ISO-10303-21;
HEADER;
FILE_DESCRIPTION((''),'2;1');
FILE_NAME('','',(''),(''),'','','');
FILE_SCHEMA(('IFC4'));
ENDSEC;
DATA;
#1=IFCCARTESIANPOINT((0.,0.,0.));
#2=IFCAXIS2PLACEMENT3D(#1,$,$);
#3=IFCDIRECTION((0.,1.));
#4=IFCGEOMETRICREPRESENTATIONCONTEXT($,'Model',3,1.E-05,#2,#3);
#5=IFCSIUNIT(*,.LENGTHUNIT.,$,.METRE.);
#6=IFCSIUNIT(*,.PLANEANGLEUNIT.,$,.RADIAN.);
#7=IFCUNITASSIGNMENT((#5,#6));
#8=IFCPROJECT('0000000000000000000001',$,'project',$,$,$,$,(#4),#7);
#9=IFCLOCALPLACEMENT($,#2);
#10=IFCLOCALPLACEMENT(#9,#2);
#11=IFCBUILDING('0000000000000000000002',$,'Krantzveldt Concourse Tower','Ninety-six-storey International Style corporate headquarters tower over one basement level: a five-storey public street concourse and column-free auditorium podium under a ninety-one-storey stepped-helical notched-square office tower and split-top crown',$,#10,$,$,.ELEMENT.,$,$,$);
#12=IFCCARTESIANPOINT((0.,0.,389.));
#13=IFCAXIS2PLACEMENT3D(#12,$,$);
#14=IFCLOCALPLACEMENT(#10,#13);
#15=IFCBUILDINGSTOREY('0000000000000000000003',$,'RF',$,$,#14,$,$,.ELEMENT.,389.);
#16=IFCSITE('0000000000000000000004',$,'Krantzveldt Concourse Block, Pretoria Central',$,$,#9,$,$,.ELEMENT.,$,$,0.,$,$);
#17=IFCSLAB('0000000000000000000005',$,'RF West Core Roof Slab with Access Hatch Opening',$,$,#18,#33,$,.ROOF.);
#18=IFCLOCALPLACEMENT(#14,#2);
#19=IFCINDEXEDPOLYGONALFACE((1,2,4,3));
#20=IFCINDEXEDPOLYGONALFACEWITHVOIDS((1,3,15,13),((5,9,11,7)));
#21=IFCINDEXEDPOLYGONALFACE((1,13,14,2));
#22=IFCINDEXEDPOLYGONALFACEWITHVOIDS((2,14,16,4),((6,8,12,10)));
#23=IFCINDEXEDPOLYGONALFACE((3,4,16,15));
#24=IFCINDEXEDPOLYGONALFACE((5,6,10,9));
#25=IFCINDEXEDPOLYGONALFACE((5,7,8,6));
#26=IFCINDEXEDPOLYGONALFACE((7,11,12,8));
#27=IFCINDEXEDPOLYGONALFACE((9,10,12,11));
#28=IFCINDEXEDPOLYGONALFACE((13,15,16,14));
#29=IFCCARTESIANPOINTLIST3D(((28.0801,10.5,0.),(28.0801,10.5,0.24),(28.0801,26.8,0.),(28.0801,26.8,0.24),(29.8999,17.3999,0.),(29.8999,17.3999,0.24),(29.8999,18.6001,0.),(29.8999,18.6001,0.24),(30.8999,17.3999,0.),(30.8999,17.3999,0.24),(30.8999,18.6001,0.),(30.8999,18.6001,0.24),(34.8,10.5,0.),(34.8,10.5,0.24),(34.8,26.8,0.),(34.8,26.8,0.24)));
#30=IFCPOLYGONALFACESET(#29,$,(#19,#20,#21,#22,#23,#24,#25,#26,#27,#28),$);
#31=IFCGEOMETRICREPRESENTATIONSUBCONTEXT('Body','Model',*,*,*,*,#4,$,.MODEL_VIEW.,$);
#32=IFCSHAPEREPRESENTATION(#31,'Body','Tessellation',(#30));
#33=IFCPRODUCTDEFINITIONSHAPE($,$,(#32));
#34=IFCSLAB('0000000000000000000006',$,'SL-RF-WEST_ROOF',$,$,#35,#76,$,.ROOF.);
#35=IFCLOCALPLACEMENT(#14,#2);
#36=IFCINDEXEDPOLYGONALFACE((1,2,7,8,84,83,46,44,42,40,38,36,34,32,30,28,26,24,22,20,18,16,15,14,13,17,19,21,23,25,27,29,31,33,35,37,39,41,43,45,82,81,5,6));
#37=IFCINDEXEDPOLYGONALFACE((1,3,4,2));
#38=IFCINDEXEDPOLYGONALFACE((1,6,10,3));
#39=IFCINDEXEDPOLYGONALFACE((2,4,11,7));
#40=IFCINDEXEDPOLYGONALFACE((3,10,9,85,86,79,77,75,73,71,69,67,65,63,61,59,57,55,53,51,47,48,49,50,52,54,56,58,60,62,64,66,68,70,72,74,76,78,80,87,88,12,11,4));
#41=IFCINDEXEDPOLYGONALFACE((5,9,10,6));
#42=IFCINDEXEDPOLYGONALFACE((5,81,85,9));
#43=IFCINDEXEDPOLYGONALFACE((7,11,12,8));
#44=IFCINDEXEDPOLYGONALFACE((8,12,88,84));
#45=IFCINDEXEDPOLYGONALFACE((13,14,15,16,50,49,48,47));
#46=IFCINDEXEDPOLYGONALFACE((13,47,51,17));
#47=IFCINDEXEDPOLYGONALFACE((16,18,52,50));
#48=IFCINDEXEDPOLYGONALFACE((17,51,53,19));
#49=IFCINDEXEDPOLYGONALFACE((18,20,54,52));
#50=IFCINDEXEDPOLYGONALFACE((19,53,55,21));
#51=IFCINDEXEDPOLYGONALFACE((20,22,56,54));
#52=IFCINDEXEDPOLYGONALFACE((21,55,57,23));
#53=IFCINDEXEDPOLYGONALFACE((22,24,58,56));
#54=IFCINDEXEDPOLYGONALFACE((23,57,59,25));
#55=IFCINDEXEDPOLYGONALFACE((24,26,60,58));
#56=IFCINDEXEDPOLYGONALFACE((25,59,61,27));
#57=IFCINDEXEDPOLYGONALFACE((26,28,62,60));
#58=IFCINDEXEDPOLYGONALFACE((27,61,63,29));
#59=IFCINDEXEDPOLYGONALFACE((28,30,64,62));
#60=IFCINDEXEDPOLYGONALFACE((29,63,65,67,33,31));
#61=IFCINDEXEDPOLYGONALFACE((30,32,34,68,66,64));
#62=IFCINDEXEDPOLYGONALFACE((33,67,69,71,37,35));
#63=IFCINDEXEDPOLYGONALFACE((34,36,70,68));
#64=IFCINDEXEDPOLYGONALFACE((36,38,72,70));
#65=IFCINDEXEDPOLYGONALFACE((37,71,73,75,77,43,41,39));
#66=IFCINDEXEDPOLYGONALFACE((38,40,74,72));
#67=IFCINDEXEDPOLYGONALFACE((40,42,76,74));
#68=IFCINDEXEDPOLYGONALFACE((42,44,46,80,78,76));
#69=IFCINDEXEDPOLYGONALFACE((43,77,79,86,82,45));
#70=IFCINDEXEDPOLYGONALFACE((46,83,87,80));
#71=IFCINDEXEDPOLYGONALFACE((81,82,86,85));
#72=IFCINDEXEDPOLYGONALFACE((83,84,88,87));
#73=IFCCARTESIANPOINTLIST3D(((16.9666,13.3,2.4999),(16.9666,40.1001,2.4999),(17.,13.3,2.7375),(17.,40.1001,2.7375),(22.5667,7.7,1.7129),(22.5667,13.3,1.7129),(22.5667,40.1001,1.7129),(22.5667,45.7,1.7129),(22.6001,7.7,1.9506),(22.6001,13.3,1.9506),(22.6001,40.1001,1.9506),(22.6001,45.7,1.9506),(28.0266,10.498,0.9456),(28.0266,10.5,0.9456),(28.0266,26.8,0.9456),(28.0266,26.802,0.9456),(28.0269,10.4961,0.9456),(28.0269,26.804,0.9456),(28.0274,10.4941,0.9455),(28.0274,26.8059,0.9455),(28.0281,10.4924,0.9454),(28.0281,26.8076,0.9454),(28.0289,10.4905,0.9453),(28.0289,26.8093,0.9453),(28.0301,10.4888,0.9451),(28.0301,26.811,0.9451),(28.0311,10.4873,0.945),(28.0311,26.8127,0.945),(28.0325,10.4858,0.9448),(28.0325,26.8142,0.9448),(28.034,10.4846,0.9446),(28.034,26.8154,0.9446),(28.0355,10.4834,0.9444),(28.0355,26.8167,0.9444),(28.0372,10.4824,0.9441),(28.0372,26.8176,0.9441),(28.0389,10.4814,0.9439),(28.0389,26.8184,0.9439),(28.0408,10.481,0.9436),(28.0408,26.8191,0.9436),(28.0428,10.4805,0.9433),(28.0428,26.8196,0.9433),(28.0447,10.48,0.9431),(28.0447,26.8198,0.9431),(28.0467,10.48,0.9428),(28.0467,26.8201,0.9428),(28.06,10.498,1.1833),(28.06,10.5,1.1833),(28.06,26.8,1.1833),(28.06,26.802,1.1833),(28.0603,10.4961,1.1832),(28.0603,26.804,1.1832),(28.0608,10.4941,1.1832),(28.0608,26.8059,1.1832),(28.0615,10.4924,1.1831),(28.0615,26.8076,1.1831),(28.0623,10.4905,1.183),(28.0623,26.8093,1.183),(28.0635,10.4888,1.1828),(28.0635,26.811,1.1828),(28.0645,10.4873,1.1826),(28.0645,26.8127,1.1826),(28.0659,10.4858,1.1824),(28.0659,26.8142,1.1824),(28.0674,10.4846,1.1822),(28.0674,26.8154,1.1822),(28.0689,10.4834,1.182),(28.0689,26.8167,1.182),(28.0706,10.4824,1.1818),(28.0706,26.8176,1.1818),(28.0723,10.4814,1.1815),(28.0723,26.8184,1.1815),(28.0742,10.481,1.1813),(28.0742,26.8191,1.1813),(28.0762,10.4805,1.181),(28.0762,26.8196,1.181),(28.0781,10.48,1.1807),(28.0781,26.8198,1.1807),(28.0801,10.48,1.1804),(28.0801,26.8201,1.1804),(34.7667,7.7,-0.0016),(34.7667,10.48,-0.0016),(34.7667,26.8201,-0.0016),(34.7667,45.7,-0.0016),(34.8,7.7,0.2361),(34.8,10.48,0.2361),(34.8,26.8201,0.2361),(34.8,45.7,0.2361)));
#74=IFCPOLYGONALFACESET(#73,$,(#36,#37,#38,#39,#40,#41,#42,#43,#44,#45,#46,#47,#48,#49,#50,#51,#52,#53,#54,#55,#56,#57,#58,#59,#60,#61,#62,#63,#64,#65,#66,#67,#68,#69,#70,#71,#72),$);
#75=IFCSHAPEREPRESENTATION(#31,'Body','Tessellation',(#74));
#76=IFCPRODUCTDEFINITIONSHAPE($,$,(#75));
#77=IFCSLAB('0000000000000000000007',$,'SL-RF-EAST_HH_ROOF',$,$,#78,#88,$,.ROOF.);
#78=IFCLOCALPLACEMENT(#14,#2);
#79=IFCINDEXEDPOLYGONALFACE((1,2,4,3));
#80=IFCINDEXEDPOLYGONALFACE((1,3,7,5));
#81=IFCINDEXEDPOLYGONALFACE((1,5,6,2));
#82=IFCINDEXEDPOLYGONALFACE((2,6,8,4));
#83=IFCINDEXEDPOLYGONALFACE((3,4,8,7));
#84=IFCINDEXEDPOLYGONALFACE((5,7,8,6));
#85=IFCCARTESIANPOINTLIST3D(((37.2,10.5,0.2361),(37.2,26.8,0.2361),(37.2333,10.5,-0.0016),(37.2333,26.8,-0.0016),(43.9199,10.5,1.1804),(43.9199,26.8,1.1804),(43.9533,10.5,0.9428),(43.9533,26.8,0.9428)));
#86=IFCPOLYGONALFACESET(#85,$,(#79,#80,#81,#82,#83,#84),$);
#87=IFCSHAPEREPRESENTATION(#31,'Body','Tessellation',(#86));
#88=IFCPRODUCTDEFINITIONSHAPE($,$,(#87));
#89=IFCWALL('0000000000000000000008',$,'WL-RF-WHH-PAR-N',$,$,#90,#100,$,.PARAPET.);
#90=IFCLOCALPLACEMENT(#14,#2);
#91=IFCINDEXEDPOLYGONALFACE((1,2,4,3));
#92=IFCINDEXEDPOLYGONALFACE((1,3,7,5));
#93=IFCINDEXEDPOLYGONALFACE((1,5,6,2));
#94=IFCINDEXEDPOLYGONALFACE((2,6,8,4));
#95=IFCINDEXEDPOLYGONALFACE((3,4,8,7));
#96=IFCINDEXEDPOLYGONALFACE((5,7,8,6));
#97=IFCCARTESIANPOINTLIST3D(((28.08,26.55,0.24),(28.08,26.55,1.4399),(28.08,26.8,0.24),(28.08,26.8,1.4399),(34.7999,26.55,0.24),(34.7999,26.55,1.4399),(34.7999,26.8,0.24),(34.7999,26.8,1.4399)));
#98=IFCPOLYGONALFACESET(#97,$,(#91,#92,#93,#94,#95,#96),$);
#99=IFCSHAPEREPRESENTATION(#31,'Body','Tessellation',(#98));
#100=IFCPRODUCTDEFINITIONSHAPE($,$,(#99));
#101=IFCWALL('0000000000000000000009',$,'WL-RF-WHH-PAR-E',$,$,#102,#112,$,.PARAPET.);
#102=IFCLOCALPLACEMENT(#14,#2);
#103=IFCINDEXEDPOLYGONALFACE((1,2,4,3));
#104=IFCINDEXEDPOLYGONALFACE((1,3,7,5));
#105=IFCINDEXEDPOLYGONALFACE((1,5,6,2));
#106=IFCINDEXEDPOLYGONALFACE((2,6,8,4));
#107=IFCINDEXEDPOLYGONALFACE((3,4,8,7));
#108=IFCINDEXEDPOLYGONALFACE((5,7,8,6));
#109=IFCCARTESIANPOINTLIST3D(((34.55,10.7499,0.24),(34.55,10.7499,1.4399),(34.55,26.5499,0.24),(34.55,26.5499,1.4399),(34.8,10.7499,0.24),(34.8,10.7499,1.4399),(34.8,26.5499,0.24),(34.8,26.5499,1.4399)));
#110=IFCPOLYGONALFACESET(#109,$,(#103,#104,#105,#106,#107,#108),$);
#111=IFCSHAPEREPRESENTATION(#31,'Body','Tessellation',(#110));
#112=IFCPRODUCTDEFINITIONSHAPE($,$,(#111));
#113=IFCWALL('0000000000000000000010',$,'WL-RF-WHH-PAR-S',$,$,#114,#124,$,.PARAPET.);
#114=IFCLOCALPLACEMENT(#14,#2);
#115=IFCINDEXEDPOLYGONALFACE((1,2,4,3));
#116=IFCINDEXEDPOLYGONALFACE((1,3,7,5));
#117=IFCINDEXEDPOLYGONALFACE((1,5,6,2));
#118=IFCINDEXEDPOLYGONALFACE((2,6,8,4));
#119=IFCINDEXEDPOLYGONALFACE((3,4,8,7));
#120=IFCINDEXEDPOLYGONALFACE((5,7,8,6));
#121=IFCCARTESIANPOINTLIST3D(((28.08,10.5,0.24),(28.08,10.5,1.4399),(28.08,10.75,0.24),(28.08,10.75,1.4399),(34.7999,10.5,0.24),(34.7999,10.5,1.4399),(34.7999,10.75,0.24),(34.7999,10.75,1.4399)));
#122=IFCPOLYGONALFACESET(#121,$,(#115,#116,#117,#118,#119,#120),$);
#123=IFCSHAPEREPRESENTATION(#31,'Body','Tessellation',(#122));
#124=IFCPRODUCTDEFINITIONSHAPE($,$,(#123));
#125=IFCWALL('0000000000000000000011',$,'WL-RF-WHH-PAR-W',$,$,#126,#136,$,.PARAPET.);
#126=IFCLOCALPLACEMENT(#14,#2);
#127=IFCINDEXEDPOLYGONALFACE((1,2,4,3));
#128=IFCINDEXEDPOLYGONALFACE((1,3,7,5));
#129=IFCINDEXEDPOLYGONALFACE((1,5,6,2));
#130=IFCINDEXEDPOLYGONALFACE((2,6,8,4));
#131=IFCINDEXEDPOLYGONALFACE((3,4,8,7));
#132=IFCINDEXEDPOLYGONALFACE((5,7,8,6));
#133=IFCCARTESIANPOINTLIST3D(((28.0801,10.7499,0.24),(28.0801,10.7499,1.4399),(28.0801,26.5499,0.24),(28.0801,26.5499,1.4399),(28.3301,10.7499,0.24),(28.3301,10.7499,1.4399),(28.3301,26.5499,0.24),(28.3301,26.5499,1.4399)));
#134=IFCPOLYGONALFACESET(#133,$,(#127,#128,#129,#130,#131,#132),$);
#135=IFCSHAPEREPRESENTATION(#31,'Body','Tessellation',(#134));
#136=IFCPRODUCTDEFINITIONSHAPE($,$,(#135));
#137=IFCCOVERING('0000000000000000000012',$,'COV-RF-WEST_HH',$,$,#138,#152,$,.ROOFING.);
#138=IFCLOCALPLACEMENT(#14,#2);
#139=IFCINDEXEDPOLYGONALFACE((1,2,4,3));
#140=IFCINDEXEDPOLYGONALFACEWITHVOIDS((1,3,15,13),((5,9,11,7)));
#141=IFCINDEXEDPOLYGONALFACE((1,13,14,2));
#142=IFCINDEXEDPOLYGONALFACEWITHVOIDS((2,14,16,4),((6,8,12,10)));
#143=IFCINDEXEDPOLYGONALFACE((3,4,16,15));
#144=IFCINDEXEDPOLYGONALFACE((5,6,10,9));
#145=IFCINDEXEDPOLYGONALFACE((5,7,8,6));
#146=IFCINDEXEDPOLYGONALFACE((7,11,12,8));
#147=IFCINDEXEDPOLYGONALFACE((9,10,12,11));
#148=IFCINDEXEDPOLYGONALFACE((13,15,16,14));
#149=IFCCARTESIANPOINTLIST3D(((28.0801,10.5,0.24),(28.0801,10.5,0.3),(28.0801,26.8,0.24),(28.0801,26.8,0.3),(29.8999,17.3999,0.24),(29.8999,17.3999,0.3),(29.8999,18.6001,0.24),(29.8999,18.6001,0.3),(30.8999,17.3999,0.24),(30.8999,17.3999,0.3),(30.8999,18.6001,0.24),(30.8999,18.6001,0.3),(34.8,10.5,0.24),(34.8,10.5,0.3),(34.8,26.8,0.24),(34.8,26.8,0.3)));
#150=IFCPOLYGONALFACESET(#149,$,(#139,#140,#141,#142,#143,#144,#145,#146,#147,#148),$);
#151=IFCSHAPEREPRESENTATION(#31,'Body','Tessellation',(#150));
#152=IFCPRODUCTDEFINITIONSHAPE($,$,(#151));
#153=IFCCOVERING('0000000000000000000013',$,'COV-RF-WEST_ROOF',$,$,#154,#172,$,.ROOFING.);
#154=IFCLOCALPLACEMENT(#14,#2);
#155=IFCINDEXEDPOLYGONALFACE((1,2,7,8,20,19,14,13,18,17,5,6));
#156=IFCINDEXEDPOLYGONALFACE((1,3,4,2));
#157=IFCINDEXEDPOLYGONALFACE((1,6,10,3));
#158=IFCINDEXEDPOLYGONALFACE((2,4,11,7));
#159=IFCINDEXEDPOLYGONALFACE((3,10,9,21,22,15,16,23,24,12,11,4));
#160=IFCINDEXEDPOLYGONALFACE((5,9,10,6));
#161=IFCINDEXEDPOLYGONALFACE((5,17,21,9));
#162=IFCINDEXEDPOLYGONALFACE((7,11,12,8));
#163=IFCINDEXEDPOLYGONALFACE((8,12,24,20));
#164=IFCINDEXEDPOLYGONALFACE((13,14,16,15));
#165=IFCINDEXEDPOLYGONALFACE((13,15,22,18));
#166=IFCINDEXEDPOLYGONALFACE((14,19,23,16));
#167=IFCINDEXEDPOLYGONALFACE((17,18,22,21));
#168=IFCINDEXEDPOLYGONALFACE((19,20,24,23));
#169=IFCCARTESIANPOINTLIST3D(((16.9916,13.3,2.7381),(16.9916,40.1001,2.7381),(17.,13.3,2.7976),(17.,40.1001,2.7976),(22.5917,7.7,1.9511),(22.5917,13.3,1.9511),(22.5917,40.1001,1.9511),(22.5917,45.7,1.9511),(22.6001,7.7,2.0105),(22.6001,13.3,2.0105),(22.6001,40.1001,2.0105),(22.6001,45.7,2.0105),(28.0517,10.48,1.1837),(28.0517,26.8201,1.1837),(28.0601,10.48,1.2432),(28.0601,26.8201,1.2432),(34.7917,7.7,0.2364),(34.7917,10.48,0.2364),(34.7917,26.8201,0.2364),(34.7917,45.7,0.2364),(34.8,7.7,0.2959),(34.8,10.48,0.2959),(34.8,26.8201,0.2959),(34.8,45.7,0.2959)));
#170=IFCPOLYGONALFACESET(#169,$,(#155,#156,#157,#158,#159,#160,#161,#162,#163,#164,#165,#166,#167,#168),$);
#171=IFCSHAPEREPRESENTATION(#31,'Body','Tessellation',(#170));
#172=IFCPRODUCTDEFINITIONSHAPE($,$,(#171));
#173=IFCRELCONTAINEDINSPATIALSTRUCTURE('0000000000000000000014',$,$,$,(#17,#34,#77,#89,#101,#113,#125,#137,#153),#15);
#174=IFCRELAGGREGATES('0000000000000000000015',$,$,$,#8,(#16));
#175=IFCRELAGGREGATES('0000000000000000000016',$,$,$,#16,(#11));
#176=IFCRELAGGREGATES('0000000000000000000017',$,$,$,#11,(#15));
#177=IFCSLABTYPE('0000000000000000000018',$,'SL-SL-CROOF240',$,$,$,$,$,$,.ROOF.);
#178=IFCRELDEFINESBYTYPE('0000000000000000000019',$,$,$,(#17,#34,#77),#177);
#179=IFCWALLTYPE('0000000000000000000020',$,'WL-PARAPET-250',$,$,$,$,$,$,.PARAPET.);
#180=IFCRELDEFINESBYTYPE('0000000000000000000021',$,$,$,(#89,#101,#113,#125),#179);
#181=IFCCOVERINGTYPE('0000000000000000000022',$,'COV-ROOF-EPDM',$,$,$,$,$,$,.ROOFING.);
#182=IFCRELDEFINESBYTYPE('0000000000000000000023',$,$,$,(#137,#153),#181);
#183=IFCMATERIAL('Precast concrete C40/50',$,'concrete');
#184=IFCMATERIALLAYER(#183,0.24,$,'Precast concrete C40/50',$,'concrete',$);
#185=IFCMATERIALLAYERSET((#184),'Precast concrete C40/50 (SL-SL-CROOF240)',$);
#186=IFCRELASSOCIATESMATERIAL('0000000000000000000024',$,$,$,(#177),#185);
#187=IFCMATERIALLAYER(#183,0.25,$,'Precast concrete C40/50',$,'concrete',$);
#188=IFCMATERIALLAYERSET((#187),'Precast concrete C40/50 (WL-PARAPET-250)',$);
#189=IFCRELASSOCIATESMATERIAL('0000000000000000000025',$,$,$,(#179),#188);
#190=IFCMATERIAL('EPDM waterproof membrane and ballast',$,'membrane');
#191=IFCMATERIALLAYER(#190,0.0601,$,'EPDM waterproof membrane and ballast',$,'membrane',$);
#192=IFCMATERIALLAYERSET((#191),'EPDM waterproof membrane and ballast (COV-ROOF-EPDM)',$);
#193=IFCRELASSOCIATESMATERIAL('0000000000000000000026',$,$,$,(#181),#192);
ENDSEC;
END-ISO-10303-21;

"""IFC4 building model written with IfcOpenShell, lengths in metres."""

from ifc_helpers import new_model, si_unit, direction, frame, frame_2d, origin, place, context, subcontext, project, spatial, polyline, rectangle, outline, extrude, material, layer, layer_set, type_object, element, save


model = new_model("IFC4")

# Units and contexts
model_context = context("Model", 3, precision=1e-05, world=origin(), true_north=direction((0.0, 1.0)))
body_context = subcontext(model_context, "Body", "Model", "MODEL_VIEW")
ifc_project = project(units=[si_unit("LENGTHUNIT", "METRE"), si_unit("PLANEANGLEUNIT", "RADIAN")], contexts=[model_context])

# Site, building, storey
site_placement = place(None, origin())
site = spatial("IfcSite", under=ifc_project, at=site_placement, Name="Krantzveldt Concourse Block, Pretoria Central", CompositionType="ELEMENT", RefElevation=0.0)
building_placement = place(site_placement, origin())
building = spatial("IfcBuilding", under=site, at=building_placement, Name="Krantzveldt Concourse Tower", Description="Ninety-six-storey International Style corporate headquarters tower over one basement level: a five-storey public street concourse and column-free auditorium podium under a ninety-one-storey stepped-helical notched-square office tower and split-top crown", CompositionType="ELEMENT")
storey_placement = place(building_placement, frame((0.0, 0.0, 389.0)))
storey = spatial("IfcBuildingStorey", under=building, at=storey_placement, Name="RF", CompositionType="ELEMENT", Elevation=389.0)

# Slabs
ifc_material_1 = material(Name="Precast concrete C40/50", Category="concrete")
ifc_layer_1 = layer(ifc_material_1, 0.24, Name="Precast concrete C40/50", Category="concrete")
ifc_layer_set_1 = layer_set([ifc_layer_1], Name="Precast concrete C40/50 (SL-SL-CROOF240)")
slab_type = type_object("IfcSlabType", Name="SL-SL-CROOF240", PredefinedType="ROOF", material=ifc_layer_set_1)
slab_1_placement = place(storey_placement, origin())
element("IfcSlab", 1, at=slab_1_placement, inside=storey, type_object=slab_type, Name="RF West Core Roof Slab with Access Hatch Opening", PredefinedType="ROOF", context=body_context, shape_type="SweptSolid", body=[
    extrude(outline(polyline([(28.0801, 10.5), (34.8, 10.5), (34.8, 26.8), (28.0801, 26.8), (28.0801, 10.5)]), holes=[polyline([(29.8999, 17.3999), (30.8999, 17.3999), (30.8999, 18.6001), (29.8999, 18.6001), (29.8999, 17.3999)])]), origin(), (0.0, 0.0, 1.0), 0.24),
])
slab_2_placement = place(storey_placement, frame((34.8, 7.7, 0.2361), z_axis=(0.139164, 0.0, 0.990269), x_axis=(-0.990269, 0.0, 0.139164)))
element("IfcSlab", 2, at=slab_2_placement, inside=storey, type_object=slab_type, Name="SL-RF-WEST_ROOF", PredefinedType="ROOF", context=body_context, shape_type="SweptSolid", body=[
    extrude(outline(polyline([(0.0, 0.0), (12.3198, 0.0), (12.3198, -5.6001), (17.975, -5.6001), (17.975, -32.4001), (12.3198, -32.4001), (12.3198, -38.0), (0.0, -38.0), (0.0, -19.1201), (6.786, -19.1201), (6.788, -19.1199), (6.7899, -19.1196), (6.7919, -19.1191), (6.7939, -19.1184), (6.7956, -19.1177), (6.7973, -19.1167), (6.7988, -19.1155), (6.8003, -19.1143), (6.8018, -19.1128), (6.8028, -19.1111), (6.804, -19.1094), (6.8047, -19.1077), (6.8055, -19.106), (6.806, -19.104), (6.8062, -19.1021), (6.8062, -19.1001), (6.8062, -2.8), (6.8062, -2.7981), (6.806, -2.7961), (6.8055, -2.7942), (6.8047, -2.7925), (6.804, -2.7905), (6.8028, -2.7888), (6.8018, -2.7874), (6.8003, -2.7859), (6.7988, -2.7847), (6.7973, -2.7834), (6.7956, -2.7825), (6.7939, -2.7815), (6.7919, -2.781), (6.7899, -2.7805), (6.788, -2.78), (6.786, -2.78), (0.0, -2.78), (0.0, 0.0)])), origin(), (0.0, 0.0, -1.0), 0.24),
])
slab_3_placement = place(storey_placement, frame((37.2, 10.5, 0.2361), z_axis=(-0.139159, 0.0, 0.99027), x_axis=(0.99027, 0.0, 0.139159)))
element("IfcSlab", 3, at=slab_3_placement, inside=storey, type_object=slab_type, Name="SL-RF-EAST_HH_ROOF", PredefinedType="ROOF", context=body_context, shape_type="SweptSolid", body=[
    extrude(outline(polyline([(0.0, 0.0), (6.786, 0.0), (6.786, 16.3), (0.0, 16.3), (0.0, 0.0)])), origin(), (0.0, 0.0, -1.0), 0.24),
])

# Walls
ifc_layer_2 = layer(ifc_material_1, 0.25, Name="Precast concrete C40/50", Category="concrete")
ifc_layer_set_2 = layer_set([ifc_layer_2], Name="Precast concrete C40/50 (WL-PARAPET-250)")
wall_type = type_object("IfcWallType", Name="WL-PARAPET-250", PredefinedType="PARAPET", material=ifc_layer_set_2)
wall_1_placement = place(storey_placement, frame((28.0801, 26.675, 0.24), z_axis=(0.0, 0.0, 1.0), x_axis=(1.0, 0.0, 0.0)))
element("IfcWall", 4, at=wall_1_placement, inside=storey, type_object=wall_type, Name="WL-RF-WHH-PAR-N", PredefinedType="PARAPET", context=body_context, shape_type="SweptSolid", body=[
    extrude(rectangle(XDim=6.72, YDim=0.25, at=frame_2d((3.3599, 0.0))), origin(), (0.0, 0.0, 1.0), 1.2),
])
wall_2_placement = place(storey_placement, frame((34.675, 10.75, 0.24), z_axis=(0.0, 0.0, 1.0), x_axis=(0.0, 1.0, 0.0)))
element("IfcWall", 5, at=wall_2_placement, inside=storey, type_object=wall_type, Name="WL-RF-WHH-PAR-E", PredefinedType="PARAPET", context=body_context, shape_type="SweptSolid", body=[
    extrude(rectangle(XDim=15.8, YDim=0.25, at=frame_2d((7.8999, 0.0))), origin(), (0.0, 0.0, 1.0), 1.2),
])
wall_3_placement = place(storey_placement, frame((28.0801, 10.625, 0.24), z_axis=(0.0, 0.0, 1.0), x_axis=(1.0, 0.0, 0.0)))
element("IfcWall", 6, at=wall_3_placement, inside=storey, type_object=wall_type, Name="WL-RF-WHH-PAR-S", PredefinedType="PARAPET", context=body_context, shape_type="SweptSolid", body=[
    extrude(rectangle(XDim=6.72, YDim=0.25, at=frame_2d((3.3599, 0.0))), origin(), (0.0, 0.0, 1.0), 1.2),
])
wall_4_placement = place(storey_placement, frame((28.2051, 10.75, 0.24), z_axis=(0.0, 0.0, 1.0), x_axis=(0.0, 1.0, 0.0)))
element("IfcWall", 7, at=wall_4_placement, inside=storey, type_object=wall_type, Name="WL-RF-WHH-PAR-W", PredefinedType="PARAPET", context=body_context, shape_type="SweptSolid", body=[
    extrude(rectangle(XDim=15.8, YDim=0.25, at=frame_2d((7.8999, 0.0))), origin(), (0.0, 0.0, 1.0), 1.2),
])

# Coverings
ifc_material_2 = material(Name="EPDM waterproof membrane and ballast", Category="membrane")
ifc_layer_3 = layer(ifc_material_2, 0.0601, Name="EPDM waterproof membrane and ballast", Category="membrane")
ifc_layer_set_3 = layer_set([ifc_layer_3], Name="EPDM waterproof membrane and ballast (COV-ROOF-EPDM)")
covering_type = type_object("IfcCoveringType", Name="COV-ROOF-EPDM", PredefinedType="ROOFING", material=ifc_layer_set_3)
covering_1_placement = place(storey_placement, frame((0.0, 0.0, 0.24)))
element("IfcCovering", 8, at=covering_1_placement, inside=storey, type_object=covering_type, Name="COV-RF-WEST_HH", PredefinedType="ROOFING", context=body_context, shape_type="SweptSolid", body=[
    extrude(outline(polyline([(28.0801, 10.5), (34.8, 10.5), (34.8, 26.8), (28.0801, 26.8), (28.0801, 10.5)]), holes=[polyline([(29.8999, 17.3999), (30.8999, 17.3999), (30.8999, 18.6001), (29.8999, 18.6001), (29.8999, 17.3999)])]), origin(), (0.0, 0.0, 1.0), 0.0601),
])
covering_2_placement = place(storey_placement, frame((34.8, 7.7, 0.2959), z_axis=(0.139176, 0.0, 0.990268), x_axis=(-0.990268, 0.0, 0.139176)))
element("IfcCovering", 9, at=covering_2_placement, inside=storey, type_object=covering_type, Name="COV-RF-WEST_ROOF", PredefinedType="ROOFING", context=body_context, shape_type="SweptSolid", body=[
    extrude(outline(polyline([(0.0, 0.0), (12.3198, 0.0), (12.3198, -5.6001), (17.975, -5.6001), (17.975, -32.4001), (12.3198, -32.4001), (12.3198, -38.0), (0.0, -38.0), (0.0, -19.1201), (6.8062, -19.1201), (6.8062, -2.78), (0.0, -2.78), (0.0, 0.0)])), origin(), (0.0, 0.0, -1.0), 0.0601),
])

save(model, "model.ifc")
